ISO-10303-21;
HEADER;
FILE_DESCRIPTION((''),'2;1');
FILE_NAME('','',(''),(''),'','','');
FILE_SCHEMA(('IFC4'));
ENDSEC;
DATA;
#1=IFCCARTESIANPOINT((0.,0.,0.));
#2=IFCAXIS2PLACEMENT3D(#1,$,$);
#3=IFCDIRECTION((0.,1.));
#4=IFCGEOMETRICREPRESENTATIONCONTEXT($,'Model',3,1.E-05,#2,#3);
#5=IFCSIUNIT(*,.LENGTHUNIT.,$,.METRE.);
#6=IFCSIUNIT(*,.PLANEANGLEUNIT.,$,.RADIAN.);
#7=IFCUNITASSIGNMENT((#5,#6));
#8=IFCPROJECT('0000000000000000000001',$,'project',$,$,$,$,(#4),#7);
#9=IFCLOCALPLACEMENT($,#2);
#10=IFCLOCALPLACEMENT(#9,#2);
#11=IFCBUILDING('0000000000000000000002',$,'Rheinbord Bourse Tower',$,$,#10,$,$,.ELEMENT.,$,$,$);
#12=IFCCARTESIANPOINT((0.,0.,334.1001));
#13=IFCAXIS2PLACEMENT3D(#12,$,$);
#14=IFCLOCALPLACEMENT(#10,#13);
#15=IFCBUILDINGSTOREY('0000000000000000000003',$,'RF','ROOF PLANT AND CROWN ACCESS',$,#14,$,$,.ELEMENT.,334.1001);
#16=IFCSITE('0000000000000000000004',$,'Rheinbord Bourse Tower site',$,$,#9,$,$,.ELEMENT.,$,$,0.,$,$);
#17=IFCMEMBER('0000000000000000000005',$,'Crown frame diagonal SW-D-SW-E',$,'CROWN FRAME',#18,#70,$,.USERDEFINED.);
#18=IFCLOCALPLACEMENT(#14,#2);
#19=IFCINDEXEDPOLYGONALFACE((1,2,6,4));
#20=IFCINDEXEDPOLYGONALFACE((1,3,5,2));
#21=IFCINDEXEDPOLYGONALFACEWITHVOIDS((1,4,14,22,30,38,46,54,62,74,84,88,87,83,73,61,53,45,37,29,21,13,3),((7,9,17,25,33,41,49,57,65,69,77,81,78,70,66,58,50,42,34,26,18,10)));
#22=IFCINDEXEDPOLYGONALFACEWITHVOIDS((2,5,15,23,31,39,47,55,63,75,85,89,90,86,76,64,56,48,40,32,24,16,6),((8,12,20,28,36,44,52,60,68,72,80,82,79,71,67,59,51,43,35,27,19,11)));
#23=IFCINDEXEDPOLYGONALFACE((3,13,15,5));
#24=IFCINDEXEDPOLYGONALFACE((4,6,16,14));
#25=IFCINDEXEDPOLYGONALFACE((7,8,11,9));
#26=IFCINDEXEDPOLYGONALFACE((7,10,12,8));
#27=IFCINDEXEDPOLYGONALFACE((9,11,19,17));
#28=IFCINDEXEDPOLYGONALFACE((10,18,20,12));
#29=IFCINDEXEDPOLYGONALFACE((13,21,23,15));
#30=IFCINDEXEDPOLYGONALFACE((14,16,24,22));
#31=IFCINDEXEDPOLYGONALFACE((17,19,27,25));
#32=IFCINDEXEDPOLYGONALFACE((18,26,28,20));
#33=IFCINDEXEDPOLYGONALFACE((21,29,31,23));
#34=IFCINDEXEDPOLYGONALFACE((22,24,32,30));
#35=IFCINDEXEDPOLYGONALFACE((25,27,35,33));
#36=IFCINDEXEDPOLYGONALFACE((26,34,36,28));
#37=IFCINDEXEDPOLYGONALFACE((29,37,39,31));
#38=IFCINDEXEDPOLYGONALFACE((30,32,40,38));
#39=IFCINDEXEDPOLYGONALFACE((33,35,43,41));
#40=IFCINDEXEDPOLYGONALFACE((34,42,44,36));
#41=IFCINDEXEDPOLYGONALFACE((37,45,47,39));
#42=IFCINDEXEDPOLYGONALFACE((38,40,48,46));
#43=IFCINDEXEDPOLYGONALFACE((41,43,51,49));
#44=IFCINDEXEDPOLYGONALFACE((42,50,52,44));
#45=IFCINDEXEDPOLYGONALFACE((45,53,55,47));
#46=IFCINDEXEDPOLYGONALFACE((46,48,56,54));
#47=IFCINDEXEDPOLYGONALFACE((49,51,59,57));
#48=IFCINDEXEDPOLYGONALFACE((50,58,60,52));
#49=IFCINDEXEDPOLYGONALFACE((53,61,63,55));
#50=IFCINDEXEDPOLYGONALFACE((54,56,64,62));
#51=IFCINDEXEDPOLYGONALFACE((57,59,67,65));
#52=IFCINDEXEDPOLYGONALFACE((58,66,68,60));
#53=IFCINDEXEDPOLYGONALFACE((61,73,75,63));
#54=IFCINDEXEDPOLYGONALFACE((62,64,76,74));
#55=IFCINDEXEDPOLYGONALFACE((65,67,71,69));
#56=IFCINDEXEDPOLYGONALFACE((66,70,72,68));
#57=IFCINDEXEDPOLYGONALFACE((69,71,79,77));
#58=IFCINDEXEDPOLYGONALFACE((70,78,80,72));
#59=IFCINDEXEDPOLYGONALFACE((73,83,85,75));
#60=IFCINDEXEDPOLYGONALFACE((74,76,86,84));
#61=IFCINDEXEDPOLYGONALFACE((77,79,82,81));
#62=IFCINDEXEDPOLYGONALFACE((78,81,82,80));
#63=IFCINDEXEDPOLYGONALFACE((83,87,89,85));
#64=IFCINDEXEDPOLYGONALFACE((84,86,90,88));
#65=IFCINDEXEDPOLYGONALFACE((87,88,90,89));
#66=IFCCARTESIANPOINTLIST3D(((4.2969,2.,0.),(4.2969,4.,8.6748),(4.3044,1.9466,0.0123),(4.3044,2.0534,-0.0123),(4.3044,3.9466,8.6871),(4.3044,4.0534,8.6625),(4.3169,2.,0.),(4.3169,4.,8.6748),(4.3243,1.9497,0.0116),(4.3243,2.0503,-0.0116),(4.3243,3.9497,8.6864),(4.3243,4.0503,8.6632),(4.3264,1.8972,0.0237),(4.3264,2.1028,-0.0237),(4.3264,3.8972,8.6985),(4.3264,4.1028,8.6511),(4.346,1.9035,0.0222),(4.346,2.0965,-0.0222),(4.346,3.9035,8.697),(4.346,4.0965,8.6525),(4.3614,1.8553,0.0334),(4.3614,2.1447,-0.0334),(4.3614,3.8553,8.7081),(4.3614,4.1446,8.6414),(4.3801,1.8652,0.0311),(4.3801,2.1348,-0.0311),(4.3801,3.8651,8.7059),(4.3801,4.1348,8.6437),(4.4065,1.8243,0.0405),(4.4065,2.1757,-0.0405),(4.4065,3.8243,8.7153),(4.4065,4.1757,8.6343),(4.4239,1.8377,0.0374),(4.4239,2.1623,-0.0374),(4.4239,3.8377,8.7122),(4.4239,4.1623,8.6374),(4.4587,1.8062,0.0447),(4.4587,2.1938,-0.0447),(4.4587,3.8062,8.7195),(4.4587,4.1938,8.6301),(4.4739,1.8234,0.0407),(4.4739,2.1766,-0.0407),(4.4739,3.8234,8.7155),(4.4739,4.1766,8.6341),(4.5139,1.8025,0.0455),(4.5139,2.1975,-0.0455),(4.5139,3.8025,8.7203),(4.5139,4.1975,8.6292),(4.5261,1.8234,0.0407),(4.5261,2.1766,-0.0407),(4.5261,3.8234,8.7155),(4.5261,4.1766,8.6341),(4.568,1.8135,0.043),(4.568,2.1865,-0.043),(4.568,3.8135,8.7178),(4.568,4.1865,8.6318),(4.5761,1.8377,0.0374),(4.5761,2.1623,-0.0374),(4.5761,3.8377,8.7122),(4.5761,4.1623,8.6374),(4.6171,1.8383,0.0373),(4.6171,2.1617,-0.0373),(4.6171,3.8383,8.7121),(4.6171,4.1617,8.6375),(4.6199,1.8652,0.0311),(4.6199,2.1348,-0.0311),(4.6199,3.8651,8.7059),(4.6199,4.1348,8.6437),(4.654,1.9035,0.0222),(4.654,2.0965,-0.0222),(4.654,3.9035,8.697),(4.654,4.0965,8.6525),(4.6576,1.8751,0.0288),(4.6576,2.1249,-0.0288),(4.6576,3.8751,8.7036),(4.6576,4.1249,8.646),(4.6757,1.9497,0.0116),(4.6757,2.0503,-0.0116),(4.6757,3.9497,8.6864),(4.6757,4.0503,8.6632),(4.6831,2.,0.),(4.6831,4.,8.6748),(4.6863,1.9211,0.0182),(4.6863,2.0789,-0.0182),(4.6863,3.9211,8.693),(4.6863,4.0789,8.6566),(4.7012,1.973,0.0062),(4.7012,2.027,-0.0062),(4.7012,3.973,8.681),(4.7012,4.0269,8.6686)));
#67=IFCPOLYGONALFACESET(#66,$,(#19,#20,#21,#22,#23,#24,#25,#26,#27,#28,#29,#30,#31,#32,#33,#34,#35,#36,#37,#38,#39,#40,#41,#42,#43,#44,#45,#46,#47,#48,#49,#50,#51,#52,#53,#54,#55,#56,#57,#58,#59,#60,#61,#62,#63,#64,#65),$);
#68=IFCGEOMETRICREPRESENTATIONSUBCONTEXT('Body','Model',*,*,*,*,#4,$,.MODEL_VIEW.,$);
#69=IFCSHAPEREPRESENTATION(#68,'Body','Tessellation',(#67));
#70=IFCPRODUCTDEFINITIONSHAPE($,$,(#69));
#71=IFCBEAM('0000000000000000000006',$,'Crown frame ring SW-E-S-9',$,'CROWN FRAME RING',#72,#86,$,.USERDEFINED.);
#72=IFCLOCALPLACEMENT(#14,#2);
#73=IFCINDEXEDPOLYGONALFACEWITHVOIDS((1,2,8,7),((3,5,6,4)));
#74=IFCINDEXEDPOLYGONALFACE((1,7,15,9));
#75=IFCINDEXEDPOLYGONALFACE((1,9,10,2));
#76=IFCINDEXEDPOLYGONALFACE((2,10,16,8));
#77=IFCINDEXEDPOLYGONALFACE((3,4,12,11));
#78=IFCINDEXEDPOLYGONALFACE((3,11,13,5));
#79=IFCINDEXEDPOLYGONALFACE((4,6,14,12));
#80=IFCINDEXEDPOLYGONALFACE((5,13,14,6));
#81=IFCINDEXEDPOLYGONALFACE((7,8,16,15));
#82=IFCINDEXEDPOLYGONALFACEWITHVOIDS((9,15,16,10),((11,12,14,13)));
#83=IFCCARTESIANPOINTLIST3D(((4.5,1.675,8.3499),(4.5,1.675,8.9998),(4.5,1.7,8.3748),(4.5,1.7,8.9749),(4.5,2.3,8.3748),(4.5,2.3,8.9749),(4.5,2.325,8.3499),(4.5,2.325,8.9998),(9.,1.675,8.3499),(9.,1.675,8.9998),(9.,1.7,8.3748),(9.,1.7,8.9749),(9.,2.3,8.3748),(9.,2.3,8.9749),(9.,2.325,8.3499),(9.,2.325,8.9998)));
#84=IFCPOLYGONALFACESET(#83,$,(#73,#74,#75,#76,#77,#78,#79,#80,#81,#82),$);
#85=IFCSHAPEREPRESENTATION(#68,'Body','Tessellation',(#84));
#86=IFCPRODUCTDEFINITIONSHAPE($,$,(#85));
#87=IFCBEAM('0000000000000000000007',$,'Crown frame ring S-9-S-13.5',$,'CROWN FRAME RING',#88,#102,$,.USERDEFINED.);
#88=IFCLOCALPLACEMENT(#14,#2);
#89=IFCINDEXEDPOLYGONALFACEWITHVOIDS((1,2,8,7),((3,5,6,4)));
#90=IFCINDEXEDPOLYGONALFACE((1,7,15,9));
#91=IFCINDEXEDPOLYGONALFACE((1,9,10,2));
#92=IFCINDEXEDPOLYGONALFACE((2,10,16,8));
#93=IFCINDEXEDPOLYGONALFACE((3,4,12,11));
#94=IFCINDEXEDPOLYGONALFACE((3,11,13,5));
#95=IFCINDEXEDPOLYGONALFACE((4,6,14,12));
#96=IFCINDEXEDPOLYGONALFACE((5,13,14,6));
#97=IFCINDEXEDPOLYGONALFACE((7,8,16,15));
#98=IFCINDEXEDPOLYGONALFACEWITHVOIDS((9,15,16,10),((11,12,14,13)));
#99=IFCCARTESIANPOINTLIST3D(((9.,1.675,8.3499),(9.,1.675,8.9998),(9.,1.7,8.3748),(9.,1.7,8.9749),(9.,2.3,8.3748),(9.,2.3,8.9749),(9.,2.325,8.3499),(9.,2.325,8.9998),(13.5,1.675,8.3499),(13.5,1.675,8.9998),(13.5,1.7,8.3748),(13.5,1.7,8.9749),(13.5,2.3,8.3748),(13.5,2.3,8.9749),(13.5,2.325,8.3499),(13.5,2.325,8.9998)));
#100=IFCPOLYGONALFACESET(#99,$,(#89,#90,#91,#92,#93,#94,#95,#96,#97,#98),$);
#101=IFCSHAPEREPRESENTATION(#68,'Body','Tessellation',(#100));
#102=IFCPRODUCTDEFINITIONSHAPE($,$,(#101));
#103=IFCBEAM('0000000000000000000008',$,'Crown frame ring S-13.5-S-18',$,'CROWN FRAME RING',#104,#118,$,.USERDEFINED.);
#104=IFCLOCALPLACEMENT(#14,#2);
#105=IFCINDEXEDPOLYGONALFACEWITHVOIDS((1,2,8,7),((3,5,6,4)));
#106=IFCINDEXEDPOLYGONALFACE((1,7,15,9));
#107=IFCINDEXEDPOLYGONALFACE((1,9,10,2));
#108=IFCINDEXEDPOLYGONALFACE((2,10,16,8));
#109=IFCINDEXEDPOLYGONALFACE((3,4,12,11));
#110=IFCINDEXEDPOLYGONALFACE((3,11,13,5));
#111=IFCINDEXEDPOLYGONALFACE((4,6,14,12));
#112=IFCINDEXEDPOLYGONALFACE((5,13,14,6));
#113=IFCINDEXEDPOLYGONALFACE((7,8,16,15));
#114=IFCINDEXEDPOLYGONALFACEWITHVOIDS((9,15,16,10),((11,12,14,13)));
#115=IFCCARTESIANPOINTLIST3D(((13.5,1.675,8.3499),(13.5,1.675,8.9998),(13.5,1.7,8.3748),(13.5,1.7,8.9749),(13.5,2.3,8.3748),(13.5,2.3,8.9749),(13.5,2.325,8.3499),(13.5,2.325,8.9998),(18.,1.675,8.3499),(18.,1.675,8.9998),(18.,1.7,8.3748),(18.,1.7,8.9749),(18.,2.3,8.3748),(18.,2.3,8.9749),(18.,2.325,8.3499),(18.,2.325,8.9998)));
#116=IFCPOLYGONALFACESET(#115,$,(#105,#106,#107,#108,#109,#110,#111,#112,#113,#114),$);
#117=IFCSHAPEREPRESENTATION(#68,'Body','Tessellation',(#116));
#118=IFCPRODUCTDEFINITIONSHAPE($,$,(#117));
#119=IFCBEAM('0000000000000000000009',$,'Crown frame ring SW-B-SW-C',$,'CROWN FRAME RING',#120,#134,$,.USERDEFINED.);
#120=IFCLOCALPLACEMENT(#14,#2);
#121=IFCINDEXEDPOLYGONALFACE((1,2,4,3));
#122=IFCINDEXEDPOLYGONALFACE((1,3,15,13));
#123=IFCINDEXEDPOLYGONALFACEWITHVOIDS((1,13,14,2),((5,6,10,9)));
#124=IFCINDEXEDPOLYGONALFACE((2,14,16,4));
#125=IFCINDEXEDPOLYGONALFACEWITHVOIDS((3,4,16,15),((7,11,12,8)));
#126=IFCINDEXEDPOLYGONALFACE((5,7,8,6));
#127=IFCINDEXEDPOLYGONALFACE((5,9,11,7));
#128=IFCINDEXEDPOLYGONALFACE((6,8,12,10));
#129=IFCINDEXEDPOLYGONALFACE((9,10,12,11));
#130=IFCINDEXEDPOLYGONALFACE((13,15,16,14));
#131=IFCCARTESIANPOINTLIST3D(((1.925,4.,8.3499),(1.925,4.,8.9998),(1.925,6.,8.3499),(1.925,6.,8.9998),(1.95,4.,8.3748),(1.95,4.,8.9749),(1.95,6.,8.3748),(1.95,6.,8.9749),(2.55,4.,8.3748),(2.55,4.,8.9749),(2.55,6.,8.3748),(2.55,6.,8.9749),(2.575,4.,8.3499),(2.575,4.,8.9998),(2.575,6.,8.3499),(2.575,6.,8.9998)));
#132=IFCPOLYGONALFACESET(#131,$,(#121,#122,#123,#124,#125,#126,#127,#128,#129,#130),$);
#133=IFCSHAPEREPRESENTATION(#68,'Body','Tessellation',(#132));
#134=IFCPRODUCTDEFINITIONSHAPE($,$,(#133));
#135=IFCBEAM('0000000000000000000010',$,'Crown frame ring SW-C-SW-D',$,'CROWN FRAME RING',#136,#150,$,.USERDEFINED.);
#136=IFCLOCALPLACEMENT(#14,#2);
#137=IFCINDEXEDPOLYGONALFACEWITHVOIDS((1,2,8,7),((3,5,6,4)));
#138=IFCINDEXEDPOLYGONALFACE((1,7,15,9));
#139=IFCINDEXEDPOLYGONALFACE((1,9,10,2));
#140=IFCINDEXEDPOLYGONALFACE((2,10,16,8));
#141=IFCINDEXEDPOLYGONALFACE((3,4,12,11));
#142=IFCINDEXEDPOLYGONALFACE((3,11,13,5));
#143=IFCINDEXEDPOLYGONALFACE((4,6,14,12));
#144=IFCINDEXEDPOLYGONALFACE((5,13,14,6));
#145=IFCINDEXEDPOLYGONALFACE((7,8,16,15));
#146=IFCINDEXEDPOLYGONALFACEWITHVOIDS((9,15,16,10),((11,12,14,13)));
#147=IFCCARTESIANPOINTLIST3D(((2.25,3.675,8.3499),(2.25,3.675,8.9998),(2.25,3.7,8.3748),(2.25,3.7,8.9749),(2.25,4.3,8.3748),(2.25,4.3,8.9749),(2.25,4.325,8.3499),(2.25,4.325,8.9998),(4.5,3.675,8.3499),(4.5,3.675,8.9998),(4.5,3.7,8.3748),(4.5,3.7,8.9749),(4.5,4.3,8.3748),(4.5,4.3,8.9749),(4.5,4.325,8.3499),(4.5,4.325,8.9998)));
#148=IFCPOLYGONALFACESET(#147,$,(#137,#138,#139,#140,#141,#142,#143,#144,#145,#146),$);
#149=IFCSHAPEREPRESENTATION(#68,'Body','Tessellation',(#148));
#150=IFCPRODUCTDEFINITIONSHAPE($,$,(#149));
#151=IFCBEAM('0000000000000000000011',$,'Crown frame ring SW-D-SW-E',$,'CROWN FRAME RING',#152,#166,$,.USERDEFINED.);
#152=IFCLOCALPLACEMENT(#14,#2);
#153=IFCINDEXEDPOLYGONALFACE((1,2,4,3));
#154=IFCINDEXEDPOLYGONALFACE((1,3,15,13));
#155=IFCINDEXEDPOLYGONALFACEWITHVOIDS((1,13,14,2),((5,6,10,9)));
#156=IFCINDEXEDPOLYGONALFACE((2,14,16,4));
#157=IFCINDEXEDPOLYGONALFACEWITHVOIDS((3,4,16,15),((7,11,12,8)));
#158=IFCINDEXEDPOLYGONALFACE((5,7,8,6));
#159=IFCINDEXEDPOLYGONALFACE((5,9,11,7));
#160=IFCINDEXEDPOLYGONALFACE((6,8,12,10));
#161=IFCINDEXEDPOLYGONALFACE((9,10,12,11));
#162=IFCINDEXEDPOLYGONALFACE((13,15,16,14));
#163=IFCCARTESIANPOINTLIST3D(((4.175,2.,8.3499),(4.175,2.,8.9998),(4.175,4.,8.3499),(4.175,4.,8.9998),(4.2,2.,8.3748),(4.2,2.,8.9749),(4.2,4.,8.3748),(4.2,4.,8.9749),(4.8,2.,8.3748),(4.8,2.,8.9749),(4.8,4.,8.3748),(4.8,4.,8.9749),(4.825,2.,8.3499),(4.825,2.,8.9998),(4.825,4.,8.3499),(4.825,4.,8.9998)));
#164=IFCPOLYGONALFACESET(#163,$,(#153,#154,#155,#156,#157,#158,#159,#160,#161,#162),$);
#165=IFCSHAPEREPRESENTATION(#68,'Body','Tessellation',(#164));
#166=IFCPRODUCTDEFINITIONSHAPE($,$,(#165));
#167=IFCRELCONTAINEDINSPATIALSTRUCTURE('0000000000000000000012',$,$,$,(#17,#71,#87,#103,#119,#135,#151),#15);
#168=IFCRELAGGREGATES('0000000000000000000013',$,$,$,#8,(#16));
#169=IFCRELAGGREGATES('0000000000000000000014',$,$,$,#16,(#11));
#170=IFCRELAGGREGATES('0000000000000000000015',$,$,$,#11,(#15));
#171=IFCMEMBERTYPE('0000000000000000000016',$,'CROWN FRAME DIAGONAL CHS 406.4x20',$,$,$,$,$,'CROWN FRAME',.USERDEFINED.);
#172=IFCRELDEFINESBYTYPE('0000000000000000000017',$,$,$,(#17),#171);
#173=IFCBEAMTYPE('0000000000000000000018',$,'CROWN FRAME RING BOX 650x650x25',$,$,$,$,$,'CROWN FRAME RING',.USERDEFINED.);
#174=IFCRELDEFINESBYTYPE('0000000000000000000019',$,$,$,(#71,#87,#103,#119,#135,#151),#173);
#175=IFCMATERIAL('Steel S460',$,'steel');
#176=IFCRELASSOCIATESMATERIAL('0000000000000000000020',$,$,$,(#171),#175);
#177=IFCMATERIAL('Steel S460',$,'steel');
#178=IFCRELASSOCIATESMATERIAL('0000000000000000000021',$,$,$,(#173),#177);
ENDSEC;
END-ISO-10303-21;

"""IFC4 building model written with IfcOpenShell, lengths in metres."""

from ifc_helpers import new_model, si_unit, direction, frame, origin, origin_2d, place, context, subcontext, project, spatial, hollow_rectangle, hollow_circle, extrude, material, material_profile, profile_set, type_object, element, save


model = new_model("IFC4")

# Units and contexts
model_context = context("Model", 3, precision=1e-05, world=origin(), true_north=direction((0.0, 1.0)))
body_context = subcontext(model_context, "Body", "Model", "MODEL_VIEW")
ifc_project = project(units=[si_unit("LENGTHUNIT", "METRE"), si_unit("PLANEANGLEUNIT", "RADIAN")], contexts=[model_context])

# Site, building, storey
site_placement = place(None, origin())
site = spatial("IfcSite", under=ifc_project, at=site_placement, Name="Rheinbord Bourse Tower site", CompositionType="ELEMENT", RefElevation=0.0)
building_placement = place(site_placement, origin())
building = spatial("IfcBuilding", under=site, at=building_placement, Name="Rheinbord Bourse Tower", CompositionType="ELEMENT")
storey_placement = place(building_placement, frame((0.0, 0.0, 334.1001)))
storey = spatial("IfcBuildingStorey", under=building, at=storey_placement, Name="RF", Description="ROOF PLANT AND CROWN ACCESS", CompositionType="ELEMENT", Elevation=334.1001)

# Member
ifc_material_1 = material(Name="Steel S460", Category="steel")
ifc_material_profile_1 = material_profile(ifc_material_1, hollow_circle(Radius=0.2031, WallThickness=0.02, at=origin_2d()), Name="CHS 406.4x20")
ifc_profile_set_1 = profile_set([ifc_material_profile_1], Name="Steel S460")
member_type = type_object("IfcMemberType", Name="CROWN FRAME DIAGONAL CHS 406.4x20", ElementType="CROWN FRAME", PredefinedType="USERDEFINED", material=ifc_profile_set_1)
member_1_placement = place(storey_placement, frame((4.5, 2.0, 0.0), z_axis=(0.0, 0.224659, 0.974437), x_axis=(-1.0, 0.0, 0.0)))
element("IfcMember", 1, at=member_1_placement, inside=storey, type_object=member_type, Name="Crown frame diagonal SW-D-SW-E", ObjectType="CROWN FRAME", PredefinedType="USERDEFINED", context=body_context, shape_type="SweptSolid", body=[
    extrude(hollow_circle(Radius=0.2031, WallThickness=0.02, at=origin_2d()), origin(), (0.0, 0.0, 1.0), 8.9023),
])

# Beams
ifc_material_2 = material(Name="Steel S460", Category="steel")
ifc_material_profile_2 = material_profile(ifc_material_2, hollow_rectangle(XDim=0.6499, YDim=0.6499, WallThickness=0.0249, at=origin_2d()), Name="BOX 650x650x25")
ifc_profile_set_2 = profile_set([ifc_material_profile_2], Name="Steel S460")
beam_type = type_object("IfcBeamType", Name="CROWN FRAME RING BOX 650x650x25", ElementType="CROWN FRAME RING", PredefinedType="USERDEFINED", material=ifc_profile_set_2)
for number, where, z_axis, x_axis, name in (
    (2, (4.5, 2.0, 8.6748), (1.0, 0.0, 0.0), (0.0, 1.0, 0.0), "Crown frame ring SW-E-S-9"),
    (3, (9.0, 2.0, 8.6748), (1.0, 0.0, 0.0), (0.0, 1.0, 0.0), "Crown frame ring S-9-S-13.5"),
    (4, (13.5, 2.0, 8.6748), (1.0, 0.0, 0.0), (0.0, 1.0, 0.0), "Crown frame ring S-13.5-S-18"),
):
    element("IfcBeam", number, at=place(storey_placement, frame(where, z_axis=z_axis, x_axis=x_axis)), inside=storey, type_object=beam_type, Name=name, ObjectType="CROWN FRAME RING", PredefinedType="USERDEFINED", context=body_context, shape_type="SweptSolid", body=[
        extrude(hollow_rectangle(XDim=0.6499, YDim=0.6499, WallThickness=0.0249, at=origin_2d()), origin(), (0.0, 0.0, 1.0), 4.5),
    ])
beam_1_placement = place(storey_placement, frame((2.25, 6.0, 8.6748), z_axis=(0.0, -1.0, 0.0), x_axis=(1.0, 0.0, 0.0)))
element("IfcBeam", 5, at=beam_1_placement, inside=storey, type_object=beam_type, Name="Crown frame ring SW-B-SW-C", ObjectType="CROWN FRAME RING", PredefinedType="USERDEFINED", context=body_context, shape_type="SweptSolid", body=[
    extrude(hollow_rectangle(XDim=0.6499, YDim=0.6499, WallThickness=0.0249, at=origin_2d()), origin(), (0.0, 0.0, 1.0), 2.0),
])
beam_2_placement = place(storey_placement, frame((2.25, 4.0, 8.6748), z_axis=(1.0, 0.0, 0.0), x_axis=(0.0, 1.0, 0.0)))
element("IfcBeam", 6, at=beam_2_placement, inside=storey, type_object=beam_type, Name="Crown frame ring SW-C-SW-D", ObjectType="CROWN FRAME RING", PredefinedType="USERDEFINED", context=body_context, shape_type="SweptSolid", body=[
    extrude(hollow_rectangle(XDim=0.6499, YDim=0.6499, WallThickness=0.0249, at=origin_2d()), origin(), (0.0, 0.0, 1.0), 2.25),
])
beam_3_placement = place(storey_placement, frame((4.5, 4.0, 8.6748), z_axis=(0.0, -1.0, 0.0), x_axis=(1.0, 0.0, 0.0)))
element("IfcBeam", 7, at=beam_3_placement, inside=storey, type_object=beam_type, Name="Crown frame ring SW-D-SW-E", ObjectType="CROWN FRAME RING", PredefinedType="USERDEFINED", context=body_context, shape_type="SweptSolid", body=[
    extrude(hollow_rectangle(XDim=0.6499, YDim=0.6499, WallThickness=0.0249, at=origin_2d()), origin(), (0.0, 0.0, 1.0), 2.0),
])

save(model, "model.ifc")
